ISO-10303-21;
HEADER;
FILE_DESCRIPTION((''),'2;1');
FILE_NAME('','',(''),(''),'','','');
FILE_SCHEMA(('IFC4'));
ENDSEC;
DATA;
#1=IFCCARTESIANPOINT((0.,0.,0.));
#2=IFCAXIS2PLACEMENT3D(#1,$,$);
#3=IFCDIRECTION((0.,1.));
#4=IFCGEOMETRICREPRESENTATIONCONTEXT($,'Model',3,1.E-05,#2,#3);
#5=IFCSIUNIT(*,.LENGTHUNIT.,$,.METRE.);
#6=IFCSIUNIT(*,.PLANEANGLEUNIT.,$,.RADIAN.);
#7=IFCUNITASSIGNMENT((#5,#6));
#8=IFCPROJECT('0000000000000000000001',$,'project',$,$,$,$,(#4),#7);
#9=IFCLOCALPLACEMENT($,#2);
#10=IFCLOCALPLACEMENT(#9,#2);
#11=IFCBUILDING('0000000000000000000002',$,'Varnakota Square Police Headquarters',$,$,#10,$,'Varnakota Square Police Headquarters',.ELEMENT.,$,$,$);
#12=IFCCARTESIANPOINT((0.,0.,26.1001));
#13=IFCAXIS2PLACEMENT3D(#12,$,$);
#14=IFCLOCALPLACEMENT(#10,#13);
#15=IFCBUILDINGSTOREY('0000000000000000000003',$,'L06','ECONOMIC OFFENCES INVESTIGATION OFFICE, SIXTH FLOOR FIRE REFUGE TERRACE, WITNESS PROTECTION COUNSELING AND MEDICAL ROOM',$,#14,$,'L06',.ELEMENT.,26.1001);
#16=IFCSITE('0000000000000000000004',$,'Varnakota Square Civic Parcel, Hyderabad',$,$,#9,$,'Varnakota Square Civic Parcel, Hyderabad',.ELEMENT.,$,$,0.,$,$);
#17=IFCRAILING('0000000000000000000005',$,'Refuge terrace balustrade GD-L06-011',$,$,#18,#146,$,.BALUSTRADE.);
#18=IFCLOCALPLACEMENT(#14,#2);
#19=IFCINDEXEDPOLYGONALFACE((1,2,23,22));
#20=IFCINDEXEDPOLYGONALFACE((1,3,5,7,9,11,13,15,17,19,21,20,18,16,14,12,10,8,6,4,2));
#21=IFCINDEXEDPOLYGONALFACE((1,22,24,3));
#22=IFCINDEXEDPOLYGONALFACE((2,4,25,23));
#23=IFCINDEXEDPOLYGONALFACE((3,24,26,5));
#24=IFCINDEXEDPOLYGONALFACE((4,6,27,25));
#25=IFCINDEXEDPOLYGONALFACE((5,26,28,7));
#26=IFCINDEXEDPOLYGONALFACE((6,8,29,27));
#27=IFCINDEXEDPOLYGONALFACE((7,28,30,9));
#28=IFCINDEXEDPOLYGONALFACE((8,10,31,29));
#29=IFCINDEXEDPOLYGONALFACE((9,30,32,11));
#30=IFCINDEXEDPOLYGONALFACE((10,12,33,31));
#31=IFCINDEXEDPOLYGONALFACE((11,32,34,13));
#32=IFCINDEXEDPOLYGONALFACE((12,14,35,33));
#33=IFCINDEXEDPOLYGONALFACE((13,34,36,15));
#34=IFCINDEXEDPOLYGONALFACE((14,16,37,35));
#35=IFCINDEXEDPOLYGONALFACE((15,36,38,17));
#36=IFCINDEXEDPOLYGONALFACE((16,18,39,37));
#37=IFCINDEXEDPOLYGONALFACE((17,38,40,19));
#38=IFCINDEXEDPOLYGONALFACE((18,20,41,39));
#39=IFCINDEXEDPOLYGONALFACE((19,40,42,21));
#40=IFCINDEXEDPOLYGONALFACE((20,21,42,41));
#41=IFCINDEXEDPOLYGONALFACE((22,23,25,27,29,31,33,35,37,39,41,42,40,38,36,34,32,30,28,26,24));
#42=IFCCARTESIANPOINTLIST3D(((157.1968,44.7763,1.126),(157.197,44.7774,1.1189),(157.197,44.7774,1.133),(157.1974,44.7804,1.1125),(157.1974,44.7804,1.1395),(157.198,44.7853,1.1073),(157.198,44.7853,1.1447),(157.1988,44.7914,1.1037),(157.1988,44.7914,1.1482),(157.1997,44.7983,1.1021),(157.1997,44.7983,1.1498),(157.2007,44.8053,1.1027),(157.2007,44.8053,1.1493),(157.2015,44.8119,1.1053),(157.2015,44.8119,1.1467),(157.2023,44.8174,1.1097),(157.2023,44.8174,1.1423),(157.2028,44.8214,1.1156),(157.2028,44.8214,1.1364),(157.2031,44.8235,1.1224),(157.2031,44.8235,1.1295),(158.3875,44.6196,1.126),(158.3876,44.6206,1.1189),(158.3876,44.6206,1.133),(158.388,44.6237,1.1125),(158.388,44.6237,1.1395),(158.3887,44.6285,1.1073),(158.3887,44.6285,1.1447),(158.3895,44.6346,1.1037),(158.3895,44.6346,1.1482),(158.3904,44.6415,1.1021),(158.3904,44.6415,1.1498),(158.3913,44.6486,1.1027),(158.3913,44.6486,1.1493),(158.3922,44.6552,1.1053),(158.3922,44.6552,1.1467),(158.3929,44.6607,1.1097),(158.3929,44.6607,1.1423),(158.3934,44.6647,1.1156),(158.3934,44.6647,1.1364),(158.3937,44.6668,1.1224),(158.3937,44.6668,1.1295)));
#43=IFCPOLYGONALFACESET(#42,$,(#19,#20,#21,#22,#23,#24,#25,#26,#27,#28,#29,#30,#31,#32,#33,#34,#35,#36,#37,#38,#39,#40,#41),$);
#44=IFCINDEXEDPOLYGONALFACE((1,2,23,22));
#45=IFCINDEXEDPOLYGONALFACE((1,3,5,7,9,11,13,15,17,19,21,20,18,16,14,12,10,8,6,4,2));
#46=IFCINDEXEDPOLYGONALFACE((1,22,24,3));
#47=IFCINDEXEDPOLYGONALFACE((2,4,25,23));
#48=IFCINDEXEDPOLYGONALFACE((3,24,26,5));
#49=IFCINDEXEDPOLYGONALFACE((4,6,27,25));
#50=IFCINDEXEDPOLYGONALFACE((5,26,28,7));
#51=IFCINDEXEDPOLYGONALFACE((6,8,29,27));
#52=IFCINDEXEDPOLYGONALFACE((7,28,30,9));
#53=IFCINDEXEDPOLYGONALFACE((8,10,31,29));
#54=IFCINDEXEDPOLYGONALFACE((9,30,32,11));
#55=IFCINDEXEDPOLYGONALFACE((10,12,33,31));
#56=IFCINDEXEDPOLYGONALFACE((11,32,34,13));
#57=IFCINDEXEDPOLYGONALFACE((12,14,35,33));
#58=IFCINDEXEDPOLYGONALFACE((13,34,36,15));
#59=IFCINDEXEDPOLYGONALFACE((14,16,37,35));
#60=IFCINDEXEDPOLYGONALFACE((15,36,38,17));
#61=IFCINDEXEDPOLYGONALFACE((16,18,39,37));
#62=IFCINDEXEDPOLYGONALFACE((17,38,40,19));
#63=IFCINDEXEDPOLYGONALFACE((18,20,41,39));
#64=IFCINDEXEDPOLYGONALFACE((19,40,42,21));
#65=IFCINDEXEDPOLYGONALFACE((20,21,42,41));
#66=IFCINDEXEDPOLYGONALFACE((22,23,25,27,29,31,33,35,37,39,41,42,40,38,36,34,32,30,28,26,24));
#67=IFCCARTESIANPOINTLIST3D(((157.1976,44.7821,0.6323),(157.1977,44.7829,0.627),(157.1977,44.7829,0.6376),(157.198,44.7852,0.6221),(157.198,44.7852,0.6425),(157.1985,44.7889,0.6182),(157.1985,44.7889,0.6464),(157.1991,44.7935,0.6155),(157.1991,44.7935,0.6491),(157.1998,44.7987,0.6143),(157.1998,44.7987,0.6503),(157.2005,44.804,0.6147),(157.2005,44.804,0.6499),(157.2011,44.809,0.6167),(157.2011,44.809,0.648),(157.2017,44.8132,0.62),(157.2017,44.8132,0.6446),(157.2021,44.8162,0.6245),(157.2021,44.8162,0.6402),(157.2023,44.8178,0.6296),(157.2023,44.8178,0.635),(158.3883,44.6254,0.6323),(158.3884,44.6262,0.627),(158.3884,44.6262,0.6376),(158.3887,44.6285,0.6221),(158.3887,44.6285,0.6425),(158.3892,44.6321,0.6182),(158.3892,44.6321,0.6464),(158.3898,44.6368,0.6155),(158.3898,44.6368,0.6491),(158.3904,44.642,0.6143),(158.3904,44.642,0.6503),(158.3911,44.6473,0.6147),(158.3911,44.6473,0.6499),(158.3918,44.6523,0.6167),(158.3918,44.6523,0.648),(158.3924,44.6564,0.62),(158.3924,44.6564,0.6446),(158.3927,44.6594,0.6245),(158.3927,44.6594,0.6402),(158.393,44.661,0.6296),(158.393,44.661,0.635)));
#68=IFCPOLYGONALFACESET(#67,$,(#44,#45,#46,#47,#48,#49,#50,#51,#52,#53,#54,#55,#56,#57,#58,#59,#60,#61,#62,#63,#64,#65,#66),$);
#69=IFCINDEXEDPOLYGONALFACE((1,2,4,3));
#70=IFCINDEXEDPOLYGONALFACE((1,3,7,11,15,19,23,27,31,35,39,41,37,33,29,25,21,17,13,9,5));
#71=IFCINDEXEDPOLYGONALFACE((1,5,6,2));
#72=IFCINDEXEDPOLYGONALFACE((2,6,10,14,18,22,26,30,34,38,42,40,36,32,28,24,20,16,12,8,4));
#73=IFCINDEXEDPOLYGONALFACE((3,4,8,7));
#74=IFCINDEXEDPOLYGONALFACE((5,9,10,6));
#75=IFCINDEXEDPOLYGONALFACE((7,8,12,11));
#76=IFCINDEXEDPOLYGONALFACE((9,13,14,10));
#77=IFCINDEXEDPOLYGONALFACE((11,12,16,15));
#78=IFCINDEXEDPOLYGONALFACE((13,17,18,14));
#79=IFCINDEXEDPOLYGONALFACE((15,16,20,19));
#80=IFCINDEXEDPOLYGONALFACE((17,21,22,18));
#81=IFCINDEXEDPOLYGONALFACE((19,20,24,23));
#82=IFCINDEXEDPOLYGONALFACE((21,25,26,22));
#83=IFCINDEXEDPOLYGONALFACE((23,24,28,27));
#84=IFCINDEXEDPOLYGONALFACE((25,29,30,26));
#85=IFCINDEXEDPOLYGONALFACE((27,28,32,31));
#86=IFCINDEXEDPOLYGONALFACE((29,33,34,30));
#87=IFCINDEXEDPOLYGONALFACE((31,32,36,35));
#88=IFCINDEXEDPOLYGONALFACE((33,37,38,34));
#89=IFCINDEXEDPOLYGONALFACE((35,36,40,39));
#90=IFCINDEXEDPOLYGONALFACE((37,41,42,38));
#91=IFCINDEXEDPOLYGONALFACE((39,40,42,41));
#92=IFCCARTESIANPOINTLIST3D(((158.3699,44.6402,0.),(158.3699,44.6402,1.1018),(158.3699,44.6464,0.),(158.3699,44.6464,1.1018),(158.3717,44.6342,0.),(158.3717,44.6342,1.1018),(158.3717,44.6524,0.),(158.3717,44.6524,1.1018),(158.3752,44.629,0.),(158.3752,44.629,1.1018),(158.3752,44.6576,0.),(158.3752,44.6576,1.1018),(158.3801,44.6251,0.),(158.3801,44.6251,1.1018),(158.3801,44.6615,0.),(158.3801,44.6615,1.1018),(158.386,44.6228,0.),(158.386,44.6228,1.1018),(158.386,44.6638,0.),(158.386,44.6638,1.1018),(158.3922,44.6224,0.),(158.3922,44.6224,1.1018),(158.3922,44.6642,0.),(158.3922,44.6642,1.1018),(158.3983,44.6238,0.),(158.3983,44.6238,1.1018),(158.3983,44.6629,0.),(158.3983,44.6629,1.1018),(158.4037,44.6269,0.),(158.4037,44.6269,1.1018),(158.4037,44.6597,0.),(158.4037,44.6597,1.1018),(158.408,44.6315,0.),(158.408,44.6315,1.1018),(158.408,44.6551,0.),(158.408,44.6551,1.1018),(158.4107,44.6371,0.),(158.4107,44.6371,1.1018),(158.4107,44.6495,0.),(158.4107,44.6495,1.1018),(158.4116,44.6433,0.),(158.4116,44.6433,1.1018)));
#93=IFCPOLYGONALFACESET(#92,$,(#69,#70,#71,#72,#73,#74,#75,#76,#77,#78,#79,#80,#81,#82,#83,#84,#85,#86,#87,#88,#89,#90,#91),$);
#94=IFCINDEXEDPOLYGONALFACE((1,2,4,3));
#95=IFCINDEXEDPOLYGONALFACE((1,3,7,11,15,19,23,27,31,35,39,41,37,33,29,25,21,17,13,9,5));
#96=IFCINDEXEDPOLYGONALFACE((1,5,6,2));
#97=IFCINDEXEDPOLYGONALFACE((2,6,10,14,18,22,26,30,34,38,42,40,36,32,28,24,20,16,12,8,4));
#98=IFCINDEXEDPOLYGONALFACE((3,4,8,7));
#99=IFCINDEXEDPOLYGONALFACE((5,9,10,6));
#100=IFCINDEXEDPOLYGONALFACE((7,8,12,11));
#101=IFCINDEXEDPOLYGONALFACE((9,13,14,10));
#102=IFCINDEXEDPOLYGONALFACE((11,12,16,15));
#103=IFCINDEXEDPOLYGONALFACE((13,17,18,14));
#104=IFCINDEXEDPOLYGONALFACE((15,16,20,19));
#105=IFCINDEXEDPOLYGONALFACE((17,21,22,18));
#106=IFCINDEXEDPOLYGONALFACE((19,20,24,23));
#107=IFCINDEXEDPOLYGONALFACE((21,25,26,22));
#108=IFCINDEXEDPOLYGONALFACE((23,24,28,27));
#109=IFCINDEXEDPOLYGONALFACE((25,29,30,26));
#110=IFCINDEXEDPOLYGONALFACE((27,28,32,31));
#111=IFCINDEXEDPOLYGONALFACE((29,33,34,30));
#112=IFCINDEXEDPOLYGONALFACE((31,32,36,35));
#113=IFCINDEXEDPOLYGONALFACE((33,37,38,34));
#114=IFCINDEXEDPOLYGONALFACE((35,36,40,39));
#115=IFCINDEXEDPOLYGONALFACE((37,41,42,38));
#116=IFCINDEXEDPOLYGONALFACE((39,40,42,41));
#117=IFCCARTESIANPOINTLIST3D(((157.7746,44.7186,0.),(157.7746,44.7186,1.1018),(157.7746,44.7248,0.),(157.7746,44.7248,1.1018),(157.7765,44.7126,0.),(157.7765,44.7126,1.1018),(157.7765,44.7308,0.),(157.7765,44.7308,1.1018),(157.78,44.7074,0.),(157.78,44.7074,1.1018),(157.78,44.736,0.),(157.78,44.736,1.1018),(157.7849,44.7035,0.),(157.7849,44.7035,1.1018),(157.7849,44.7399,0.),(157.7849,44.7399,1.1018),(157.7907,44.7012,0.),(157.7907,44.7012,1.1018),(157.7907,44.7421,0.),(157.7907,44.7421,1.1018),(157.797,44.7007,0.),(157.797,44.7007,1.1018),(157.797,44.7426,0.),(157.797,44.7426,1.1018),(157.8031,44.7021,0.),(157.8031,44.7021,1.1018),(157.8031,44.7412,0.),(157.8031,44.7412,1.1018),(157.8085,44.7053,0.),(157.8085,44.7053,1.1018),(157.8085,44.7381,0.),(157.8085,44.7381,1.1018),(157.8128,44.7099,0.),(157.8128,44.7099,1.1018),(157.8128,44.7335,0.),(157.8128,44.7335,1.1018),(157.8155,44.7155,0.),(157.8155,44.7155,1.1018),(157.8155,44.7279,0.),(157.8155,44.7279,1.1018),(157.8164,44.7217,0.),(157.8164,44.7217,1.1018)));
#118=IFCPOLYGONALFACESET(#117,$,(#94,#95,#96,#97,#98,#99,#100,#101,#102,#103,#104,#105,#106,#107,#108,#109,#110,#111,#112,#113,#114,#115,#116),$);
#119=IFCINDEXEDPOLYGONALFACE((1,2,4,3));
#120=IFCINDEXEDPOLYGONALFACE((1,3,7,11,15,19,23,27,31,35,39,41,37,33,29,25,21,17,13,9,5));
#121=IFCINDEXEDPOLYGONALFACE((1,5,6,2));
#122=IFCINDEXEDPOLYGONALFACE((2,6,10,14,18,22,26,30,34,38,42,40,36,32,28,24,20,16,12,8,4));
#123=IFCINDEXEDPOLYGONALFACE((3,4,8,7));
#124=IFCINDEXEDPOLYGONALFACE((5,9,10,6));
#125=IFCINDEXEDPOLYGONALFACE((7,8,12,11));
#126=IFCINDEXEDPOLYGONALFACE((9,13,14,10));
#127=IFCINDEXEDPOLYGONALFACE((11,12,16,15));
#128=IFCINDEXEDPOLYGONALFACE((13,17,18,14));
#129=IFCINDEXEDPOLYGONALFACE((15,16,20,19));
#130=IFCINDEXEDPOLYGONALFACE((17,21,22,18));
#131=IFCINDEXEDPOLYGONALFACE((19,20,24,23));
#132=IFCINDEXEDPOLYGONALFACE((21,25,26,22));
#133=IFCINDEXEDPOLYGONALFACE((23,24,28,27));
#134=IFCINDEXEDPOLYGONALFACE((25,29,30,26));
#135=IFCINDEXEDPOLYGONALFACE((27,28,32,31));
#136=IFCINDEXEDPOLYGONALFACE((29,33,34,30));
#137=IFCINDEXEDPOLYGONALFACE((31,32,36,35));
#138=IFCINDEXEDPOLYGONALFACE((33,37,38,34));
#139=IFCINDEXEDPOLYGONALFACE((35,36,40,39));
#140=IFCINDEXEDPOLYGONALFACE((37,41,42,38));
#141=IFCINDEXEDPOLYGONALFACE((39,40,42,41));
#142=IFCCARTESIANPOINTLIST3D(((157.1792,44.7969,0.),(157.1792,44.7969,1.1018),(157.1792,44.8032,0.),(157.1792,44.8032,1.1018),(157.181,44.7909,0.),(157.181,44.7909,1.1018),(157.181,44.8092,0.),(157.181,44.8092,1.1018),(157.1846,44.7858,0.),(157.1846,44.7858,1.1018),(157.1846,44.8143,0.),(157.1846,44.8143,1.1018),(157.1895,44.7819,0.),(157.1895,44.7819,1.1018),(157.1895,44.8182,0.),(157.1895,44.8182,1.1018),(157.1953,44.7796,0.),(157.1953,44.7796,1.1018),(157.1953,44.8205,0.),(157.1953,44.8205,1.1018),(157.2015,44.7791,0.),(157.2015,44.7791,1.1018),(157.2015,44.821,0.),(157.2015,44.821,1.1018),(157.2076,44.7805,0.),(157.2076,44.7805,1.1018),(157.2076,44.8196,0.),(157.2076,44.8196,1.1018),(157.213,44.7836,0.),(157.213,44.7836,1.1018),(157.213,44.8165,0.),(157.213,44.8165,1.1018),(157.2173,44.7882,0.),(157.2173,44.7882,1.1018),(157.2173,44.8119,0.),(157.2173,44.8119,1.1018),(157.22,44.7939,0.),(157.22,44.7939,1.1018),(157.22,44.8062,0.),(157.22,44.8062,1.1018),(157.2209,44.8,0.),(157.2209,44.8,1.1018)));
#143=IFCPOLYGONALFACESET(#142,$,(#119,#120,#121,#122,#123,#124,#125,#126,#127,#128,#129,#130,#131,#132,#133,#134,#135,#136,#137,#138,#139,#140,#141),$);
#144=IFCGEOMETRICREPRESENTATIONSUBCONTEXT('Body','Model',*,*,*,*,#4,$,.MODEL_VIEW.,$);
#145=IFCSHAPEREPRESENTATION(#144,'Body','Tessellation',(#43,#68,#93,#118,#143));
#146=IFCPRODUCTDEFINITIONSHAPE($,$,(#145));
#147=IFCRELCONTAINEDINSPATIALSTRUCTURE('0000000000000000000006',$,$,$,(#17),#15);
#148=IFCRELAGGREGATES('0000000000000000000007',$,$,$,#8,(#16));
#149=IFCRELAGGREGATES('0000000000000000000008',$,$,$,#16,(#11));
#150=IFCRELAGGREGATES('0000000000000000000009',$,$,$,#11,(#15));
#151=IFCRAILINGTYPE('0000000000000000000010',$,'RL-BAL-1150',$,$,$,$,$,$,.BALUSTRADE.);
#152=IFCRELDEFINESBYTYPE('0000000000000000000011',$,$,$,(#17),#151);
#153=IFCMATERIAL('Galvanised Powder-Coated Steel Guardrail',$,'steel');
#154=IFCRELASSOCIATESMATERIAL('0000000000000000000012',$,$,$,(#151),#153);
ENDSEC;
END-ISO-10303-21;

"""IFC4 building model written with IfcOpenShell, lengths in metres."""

from ifc_helpers import new_model, si_unit, direction, frame, origin, origin_2d, place, context, subcontext, project, spatial, circle, extrude, material, type_object, element, save


model = new_model("IFC4")

# Units and contexts
model_context = context("Model", 3, precision=1e-05, world=origin(), true_north=direction((0.0, 1.0)))
body_context = subcontext(model_context, "Body", "Model", "MODEL_VIEW")
ifc_project = project(units=[si_unit("LENGTHUNIT", "METRE"), si_unit("PLANEANGLEUNIT", "RADIAN")], contexts=[model_context])

# Site, building, storey
site_placement = place(None, origin())
site = spatial("IfcSite", under=ifc_project, at=site_placement, Name="Varnakota Square Civic Parcel, Hyderabad", LongName="Varnakota Square Civic Parcel, Hyderabad", CompositionType="ELEMENT", RefElevation=0.0)
building_placement = place(site_placement, origin())
building = spatial("IfcBuilding", under=site, at=building_placement, Name="Varnakota Square Police Headquarters", LongName="Varnakota Square Police Headquarters", CompositionType="ELEMENT")
storey_placement = place(building_placement, frame((0.0, 0.0, 26.1001)))
storey = spatial("IfcBuildingStorey", under=building, at=storey_placement, Name="L06", Description="ECONOMIC OFFENCES INVESTIGATION OFFICE, SIXTH FLOOR FIRE REFUGE TERRACE, WITNESS PROTECTION COUNSELING AND MEDICAL ROOM", LongName="L06", CompositionType="ELEMENT", Elevation=26.1001)

# Railing
ifc_material_1 = material(Name="Galvanised Powder-Coated Steel Guardrail", Category="steel")
railing_type = type_object("IfcRailingType", Name="RL-BAL-1150", PredefinedType="BALUSTRADE", material=ifc_material_1)
railing_1_placement = place(storey_placement, frame((158.3906, 44.6433, 0.0)))
element("IfcRailing", 1, at=railing_1_placement, inside=storey, type_object=railing_type, Name="Refuge terrace balustrade GD-L06-011", PredefinedType="BALUSTRADE", context=body_context, shape_type="SweptSolid", body=[
    extrude(circle(Radius=0.0239, at=origin_2d()), frame((0.0, 0.0, 1.126), z_axis=(-0.991447, 0.130512, 0.0), x_axis=(-0.130512, -0.991447, 0.0)), (0.0, 0.0, 1.0), 1.2009),
    extrude(circle(Radius=0.0181, at=origin_2d()), frame((0.0, 0.0, 0.6323), z_axis=(-0.991447, 0.130512, 0.0), x_axis=(-0.130512, -0.991447, 0.0)), (0.0, 0.0, 1.0), 1.2009),
    extrude(circle(Radius=0.021, at=origin_2d()), origin(), (0.0, 0.0, 1.0), 1.1018),
    extrude(circle(Radius=0.021, at=origin_2d()), frame((-0.5952, 0.0784, 0.0)), (0.0, 0.0, 1.0), 1.1018),
    extrude(circle(Radius=0.021, at=origin_2d()), frame((-1.1907, 0.1567, 0.0)), (0.0, 0.0, 1.0), 1.1018),
])

save(model, "model.ifc")
